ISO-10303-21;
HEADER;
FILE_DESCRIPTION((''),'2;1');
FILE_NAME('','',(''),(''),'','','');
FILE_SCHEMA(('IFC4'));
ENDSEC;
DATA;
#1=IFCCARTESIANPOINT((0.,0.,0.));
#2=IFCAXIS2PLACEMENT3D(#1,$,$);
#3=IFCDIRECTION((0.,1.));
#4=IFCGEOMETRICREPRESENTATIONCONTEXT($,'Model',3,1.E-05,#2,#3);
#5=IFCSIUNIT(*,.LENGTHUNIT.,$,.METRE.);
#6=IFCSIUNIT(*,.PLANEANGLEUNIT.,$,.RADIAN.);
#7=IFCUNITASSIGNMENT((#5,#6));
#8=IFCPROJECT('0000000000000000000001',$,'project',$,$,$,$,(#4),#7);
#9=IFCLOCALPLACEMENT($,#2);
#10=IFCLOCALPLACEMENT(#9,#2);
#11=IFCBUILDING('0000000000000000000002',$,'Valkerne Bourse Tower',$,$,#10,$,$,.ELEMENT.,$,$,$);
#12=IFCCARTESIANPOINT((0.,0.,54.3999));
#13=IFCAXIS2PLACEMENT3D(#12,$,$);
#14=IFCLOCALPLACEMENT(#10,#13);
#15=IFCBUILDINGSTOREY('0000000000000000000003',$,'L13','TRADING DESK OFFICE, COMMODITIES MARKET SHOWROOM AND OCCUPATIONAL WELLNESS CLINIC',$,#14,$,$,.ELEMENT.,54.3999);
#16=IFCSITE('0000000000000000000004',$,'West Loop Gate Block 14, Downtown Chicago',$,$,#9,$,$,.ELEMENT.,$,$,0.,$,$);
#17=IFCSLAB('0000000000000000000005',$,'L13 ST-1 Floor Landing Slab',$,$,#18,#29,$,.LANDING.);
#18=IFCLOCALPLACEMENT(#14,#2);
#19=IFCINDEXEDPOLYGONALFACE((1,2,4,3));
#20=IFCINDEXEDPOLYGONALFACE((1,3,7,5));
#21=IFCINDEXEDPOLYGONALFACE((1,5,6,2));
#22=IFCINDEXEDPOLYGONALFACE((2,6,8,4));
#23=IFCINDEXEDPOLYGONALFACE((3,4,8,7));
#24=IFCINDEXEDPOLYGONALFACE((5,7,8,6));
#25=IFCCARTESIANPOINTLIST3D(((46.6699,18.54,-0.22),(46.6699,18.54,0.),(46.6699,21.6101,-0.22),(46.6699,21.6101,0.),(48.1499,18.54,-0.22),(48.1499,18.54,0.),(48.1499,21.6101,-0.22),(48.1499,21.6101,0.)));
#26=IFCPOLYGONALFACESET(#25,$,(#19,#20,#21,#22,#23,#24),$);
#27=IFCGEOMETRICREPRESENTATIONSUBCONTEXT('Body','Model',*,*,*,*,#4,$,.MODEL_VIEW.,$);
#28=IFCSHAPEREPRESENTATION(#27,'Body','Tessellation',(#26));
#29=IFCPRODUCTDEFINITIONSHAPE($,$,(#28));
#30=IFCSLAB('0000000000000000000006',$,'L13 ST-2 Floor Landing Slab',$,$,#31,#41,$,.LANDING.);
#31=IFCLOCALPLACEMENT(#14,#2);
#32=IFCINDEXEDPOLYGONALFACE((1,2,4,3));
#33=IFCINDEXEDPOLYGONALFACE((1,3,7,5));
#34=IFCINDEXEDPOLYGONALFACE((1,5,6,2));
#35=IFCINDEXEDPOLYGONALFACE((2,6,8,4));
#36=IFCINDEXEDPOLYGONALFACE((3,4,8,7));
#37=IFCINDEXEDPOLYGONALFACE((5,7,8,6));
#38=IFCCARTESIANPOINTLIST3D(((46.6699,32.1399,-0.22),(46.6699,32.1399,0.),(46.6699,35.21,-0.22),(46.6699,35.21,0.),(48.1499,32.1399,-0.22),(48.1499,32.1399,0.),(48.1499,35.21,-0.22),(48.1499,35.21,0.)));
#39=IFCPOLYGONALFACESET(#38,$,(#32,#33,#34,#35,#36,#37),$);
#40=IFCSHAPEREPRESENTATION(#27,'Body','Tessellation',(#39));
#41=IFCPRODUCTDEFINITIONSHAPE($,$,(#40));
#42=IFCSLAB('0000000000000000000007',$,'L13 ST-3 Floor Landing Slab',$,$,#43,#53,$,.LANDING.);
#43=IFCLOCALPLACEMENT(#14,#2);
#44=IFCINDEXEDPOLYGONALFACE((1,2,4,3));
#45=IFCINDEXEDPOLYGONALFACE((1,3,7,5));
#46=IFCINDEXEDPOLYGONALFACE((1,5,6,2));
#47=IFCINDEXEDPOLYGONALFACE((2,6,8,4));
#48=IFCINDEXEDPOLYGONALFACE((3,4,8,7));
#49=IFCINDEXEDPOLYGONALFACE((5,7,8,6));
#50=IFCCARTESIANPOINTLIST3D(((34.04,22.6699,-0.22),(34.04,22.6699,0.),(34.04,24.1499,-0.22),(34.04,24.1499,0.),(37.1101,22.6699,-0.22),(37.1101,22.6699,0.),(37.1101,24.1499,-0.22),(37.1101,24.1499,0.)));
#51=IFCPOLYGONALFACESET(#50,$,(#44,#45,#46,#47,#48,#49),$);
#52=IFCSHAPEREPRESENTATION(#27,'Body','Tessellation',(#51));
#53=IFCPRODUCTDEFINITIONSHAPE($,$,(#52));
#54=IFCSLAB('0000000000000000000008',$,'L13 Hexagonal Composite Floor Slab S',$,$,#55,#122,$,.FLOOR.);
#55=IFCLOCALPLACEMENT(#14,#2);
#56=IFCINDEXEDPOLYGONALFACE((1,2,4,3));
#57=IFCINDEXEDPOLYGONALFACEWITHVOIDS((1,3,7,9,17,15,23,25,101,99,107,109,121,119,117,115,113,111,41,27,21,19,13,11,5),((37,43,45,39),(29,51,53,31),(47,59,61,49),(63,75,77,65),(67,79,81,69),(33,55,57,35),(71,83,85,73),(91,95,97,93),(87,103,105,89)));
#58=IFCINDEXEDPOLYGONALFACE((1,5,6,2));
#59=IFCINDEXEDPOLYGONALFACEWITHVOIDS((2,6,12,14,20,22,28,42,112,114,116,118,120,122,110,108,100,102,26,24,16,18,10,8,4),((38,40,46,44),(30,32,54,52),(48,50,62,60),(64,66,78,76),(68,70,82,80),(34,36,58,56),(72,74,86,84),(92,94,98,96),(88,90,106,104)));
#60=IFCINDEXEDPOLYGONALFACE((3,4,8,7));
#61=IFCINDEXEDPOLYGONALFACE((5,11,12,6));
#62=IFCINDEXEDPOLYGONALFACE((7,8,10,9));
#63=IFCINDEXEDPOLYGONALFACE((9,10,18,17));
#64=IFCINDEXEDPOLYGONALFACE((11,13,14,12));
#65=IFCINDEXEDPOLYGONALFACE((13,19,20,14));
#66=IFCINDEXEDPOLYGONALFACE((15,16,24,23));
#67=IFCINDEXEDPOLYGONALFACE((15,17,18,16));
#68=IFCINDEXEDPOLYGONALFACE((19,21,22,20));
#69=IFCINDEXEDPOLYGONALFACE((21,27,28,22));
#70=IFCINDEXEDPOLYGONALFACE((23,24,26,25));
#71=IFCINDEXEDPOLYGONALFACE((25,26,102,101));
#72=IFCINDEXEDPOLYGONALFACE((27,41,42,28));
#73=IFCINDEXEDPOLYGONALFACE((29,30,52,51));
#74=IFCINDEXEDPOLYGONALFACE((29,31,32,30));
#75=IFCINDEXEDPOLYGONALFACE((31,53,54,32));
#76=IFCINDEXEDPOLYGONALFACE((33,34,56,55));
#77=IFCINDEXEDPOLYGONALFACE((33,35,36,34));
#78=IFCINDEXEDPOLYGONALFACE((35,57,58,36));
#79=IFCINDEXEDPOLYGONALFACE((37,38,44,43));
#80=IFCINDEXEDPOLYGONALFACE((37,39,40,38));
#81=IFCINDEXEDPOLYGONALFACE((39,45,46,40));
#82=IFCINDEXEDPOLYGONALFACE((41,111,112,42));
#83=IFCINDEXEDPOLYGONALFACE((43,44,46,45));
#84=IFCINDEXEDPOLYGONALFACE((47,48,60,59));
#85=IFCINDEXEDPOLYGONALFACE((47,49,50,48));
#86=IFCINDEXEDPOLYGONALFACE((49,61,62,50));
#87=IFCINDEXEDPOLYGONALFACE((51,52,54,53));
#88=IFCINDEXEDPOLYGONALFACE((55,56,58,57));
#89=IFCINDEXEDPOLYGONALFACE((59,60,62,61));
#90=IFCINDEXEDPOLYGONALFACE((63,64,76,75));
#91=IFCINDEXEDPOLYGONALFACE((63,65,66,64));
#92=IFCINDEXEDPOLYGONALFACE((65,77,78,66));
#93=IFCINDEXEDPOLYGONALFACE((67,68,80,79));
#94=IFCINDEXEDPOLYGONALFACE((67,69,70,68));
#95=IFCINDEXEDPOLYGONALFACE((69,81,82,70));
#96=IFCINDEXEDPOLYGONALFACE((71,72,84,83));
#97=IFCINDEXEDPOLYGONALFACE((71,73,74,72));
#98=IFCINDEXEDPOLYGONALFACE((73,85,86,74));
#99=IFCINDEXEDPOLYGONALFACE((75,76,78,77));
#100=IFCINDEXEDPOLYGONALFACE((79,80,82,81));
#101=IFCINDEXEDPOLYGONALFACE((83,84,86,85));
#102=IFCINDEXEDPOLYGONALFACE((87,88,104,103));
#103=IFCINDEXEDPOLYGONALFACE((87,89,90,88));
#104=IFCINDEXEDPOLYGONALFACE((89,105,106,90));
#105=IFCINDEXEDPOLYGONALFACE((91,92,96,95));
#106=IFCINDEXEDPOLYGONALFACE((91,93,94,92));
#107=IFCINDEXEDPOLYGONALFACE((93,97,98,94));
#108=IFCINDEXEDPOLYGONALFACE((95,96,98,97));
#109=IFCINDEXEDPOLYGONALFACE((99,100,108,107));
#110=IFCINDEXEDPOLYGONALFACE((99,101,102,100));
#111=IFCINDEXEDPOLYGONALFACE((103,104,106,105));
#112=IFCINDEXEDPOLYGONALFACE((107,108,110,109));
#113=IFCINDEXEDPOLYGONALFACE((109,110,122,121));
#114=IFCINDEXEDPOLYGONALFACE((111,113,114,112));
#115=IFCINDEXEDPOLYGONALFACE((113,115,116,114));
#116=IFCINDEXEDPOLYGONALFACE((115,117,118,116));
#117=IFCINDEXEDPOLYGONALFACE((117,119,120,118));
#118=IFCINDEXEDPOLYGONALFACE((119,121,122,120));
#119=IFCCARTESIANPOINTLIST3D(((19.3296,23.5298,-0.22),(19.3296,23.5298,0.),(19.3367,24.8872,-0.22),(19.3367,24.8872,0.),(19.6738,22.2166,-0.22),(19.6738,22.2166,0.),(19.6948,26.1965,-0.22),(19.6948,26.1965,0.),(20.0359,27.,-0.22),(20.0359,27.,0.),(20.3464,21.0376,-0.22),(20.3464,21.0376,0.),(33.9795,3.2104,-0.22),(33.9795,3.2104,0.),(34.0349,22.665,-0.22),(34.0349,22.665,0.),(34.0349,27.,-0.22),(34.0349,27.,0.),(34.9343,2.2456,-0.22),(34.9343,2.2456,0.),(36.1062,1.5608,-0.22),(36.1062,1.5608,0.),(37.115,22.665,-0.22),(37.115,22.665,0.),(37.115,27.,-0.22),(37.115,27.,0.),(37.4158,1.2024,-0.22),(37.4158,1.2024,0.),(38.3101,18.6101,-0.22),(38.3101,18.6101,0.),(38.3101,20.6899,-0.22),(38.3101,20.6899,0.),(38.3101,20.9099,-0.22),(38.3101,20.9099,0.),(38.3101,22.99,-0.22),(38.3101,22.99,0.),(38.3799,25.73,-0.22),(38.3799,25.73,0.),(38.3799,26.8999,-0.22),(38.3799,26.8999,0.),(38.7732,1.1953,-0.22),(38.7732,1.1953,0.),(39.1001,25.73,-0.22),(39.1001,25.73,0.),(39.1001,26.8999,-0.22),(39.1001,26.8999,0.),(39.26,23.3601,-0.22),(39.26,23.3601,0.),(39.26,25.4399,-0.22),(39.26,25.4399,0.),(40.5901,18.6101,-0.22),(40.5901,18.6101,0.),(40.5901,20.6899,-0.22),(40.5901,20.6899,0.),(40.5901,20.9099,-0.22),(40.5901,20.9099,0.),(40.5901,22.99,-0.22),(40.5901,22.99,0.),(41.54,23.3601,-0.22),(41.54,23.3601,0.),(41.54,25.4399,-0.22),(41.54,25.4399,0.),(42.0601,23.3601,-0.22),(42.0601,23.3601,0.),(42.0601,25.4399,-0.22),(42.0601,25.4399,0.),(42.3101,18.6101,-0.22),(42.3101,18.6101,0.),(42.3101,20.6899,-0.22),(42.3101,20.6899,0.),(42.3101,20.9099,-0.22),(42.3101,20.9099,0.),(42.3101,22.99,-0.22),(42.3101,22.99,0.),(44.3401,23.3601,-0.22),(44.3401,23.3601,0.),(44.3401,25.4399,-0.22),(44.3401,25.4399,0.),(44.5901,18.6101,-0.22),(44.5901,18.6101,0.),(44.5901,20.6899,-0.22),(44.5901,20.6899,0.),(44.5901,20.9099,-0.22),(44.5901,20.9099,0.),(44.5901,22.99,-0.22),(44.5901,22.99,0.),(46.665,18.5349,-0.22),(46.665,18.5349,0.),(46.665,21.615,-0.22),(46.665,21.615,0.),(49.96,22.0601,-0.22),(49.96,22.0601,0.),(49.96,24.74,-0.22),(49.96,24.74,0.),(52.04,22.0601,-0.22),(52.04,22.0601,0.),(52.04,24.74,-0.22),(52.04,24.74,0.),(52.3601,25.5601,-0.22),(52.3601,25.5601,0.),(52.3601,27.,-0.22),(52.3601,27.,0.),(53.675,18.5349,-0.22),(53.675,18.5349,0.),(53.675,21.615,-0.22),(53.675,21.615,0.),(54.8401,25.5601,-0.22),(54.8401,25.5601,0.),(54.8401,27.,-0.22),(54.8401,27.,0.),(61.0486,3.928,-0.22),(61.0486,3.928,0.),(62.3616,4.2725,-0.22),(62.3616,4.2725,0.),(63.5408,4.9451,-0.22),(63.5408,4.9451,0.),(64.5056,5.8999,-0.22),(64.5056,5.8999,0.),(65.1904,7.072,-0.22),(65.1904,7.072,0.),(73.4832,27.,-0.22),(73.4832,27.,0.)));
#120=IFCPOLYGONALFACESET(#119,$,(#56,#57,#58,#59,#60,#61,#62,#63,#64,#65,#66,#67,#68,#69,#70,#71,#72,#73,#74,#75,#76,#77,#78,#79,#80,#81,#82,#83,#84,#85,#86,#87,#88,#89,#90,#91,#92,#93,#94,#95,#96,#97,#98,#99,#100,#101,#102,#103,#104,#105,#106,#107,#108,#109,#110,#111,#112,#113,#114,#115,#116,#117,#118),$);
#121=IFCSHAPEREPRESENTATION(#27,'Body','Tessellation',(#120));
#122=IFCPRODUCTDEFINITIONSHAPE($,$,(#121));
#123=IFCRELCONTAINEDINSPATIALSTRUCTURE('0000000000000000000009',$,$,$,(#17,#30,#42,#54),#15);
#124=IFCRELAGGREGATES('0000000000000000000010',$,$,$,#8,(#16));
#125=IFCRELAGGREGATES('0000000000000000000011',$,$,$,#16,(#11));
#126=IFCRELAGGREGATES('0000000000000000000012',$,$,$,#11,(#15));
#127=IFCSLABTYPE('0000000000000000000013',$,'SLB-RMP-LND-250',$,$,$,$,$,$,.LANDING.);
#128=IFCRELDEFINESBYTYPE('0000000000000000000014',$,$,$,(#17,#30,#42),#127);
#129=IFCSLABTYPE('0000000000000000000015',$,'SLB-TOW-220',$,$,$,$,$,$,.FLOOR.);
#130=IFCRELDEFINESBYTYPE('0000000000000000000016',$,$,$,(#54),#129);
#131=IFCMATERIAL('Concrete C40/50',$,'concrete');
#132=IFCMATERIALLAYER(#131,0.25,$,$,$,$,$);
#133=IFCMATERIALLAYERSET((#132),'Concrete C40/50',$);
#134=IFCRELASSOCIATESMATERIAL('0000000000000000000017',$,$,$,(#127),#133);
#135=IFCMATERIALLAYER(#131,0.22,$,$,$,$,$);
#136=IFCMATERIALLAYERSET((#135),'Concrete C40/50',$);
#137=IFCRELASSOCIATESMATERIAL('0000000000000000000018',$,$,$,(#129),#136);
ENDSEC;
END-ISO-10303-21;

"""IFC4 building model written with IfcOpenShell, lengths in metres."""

from ifc_helpers import new_model, si_unit, direction, frame, origin, place, context, subcontext, project, spatial, polyline, outline, extrude, material, layer, layer_set, type_object, element, save


model = new_model("IFC4")

# Units and contexts
model_context = context("Model", 3, precision=1e-05, world=origin(), true_north=direction((0.0, 1.0)))
body_context = subcontext(model_context, "Body", "Model", "MODEL_VIEW")
ifc_project = project(units=[si_unit("LENGTHUNIT", "METRE"), si_unit("PLANEANGLEUNIT", "RADIAN")], contexts=[model_context])

# Site, building, storey
site_placement = place(None, origin())
site = spatial("IfcSite", under=ifc_project, at=site_placement, Name="West Loop Gate Block 14, Downtown Chicago", CompositionType="ELEMENT", RefElevation=0.0)
building_placement = place(site_placement, origin())
building = spatial("IfcBuilding", under=site, at=building_placement, Name="Valkerne Bourse Tower", CompositionType="ELEMENT")
storey_placement = place(building_placement, frame((0.0, 0.0, 54.3999)))
storey = spatial("IfcBuildingStorey", under=building, at=storey_placement, Name="L13", Description="TRADING DESK OFFICE, COMMODITIES MARKET SHOWROOM AND OCCUPATIONAL WELLNESS CLINIC", CompositionType="ELEMENT", Elevation=54.3999)

# Slabs
ifc_material_1 = material(Name="Concrete C40/50", Category="concrete")
ifc_layer_1 = layer(ifc_material_1, 0.25)
ifc_layer_set_1 = layer_set([ifc_layer_1], Name="Concrete C40/50")
slab_type_1 = type_object("IfcSlabType", Name="SLB-RMP-LND-250", PredefinedType="LANDING", material=ifc_layer_set_1)
slab_1_placement = place(storey_placement, frame((0.0, 0.0, -0.22)))
element("IfcSlab", 1, at=slab_1_placement, inside=storey, type_object=slab_type_1, Name="L13 ST-1 Floor Landing Slab", PredefinedType="LANDING", context=body_context, shape_type="SweptSolid", body=[
    extrude(outline(polyline([(46.6699, 18.54), (48.1499, 18.54), (48.1499, 21.6101), (46.6699, 21.6101), (46.6699, 18.54)])), origin(), (0.0, 0.0, 1.0), 0.22),
])
slab_2_placement = place(storey_placement, frame((0.0, 0.0, -0.22)))
element("IfcSlab", 2, at=slab_2_placement, inside=storey, type_object=slab_type_1, Name="L13 ST-2 Floor Landing Slab", PredefinedType="LANDING", context=body_context, shape_type="SweptSolid", body=[
    extrude(outline(polyline([(46.6699, 32.1399), (48.1499, 32.1399), (48.1499, 35.21), (46.6699, 35.21), (46.6699, 32.1399)])), origin(), (0.0, 0.0, 1.0), 0.22),
])
slab_3_placement = place(storey_placement, frame((0.0, 0.0, -0.22)))
element("IfcSlab", 3, at=slab_3_placement, inside=storey, type_object=slab_type_1, Name="L13 ST-3 Floor Landing Slab", PredefinedType="LANDING", context=body_context, shape_type="SweptSolid", body=[
    extrude(outline(polyline([(37.1101, 22.6699), (37.1101, 24.1499), (34.04, 24.1499), (34.04, 22.6699), (37.1101, 22.6699)])), origin(), (0.0, 0.0, 1.0), 0.22),
])
ifc_layer_2 = layer(ifc_material_1, 0.22)
ifc_layer_set_2 = layer_set([ifc_layer_2], Name="Concrete C40/50")
slab_type_2 = type_object("IfcSlabType", Name="SLB-TOW-220", PredefinedType="FLOOR", material=ifc_layer_set_2)
slab_4_placement = place(storey_placement, frame((0.0, 0.0, -0.22)))
element("IfcSlab", 4, at=slab_4_placement, inside=storey, type_object=slab_type_2, Name="L13 Hexagonal Composite Floor Slab S", PredefinedType="FLOOR", context=body_context, shape_type="SweptSolid", body=[
    extrude(outline(polyline([(64.5056, 5.8999), (63.5408, 4.9451), (62.3616, 4.2725), (61.0486, 3.928), (38.7732, 1.1953), (37.4158, 1.2024), (36.1062, 1.5608), (34.9343, 2.2456), (33.9795, 3.2104), (20.3464, 21.0376), (19.6738, 22.2166), (19.3296, 23.5298), (19.3367, 24.8872), (19.6948, 26.1965), (20.0359, 27.0), (34.0349, 27.0), (34.0349, 22.665), (37.115, 22.665), (37.115, 27.0), (52.3601, 27.0), (52.3601, 25.5601), (54.8401, 25.5601), (54.8401, 27.0), (73.4832, 27.0), (65.1904, 7.072), (64.5056, 5.8999)]), holes=[polyline([(40.5901, 20.6899), (38.3101, 20.6899), (38.3101, 18.6101), (40.5901, 18.6101), (40.5901, 20.6899)]), polyline([(40.5901, 22.99), (38.3101, 22.99), (38.3101, 20.9099), (40.5901, 20.9099), (40.5901, 22.99)]), polyline([(41.54, 25.4399), (39.26, 25.4399), (39.26, 23.3601), (41.54, 23.3601), (41.54, 25.4399)]), polyline([(39.1001, 25.73), (39.1001, 26.8999), (38.3799, 26.8999), (38.3799, 25.73), (39.1001, 25.73)]), polyline([(44.5901, 20.6899), (42.3101, 20.6899), (42.3101, 18.6101), (44.5901, 18.6101), (44.5901, 20.6899)]), polyline([(53.675, 21.615), (46.665, 21.615), (46.665, 18.5349), (53.675, 18.5349), (53.675, 21.615)]), polyline([(44.5901, 22.99), (42.3101, 22.99), (42.3101, 20.9099), (44.5901, 20.9099), (44.5901, 22.99)]), polyline([(52.04, 22.0601), (52.04, 24.74), (49.96, 24.74), (49.96, 22.0601), (52.04, 22.0601)]), polyline([(44.3401, 23.3601), (44.3401, 25.4399), (42.0601, 25.4399), (42.0601, 23.3601), (44.3401, 23.3601)])]), origin(), (0.0, 0.0, 1.0), 0.22),
])

save(model, "model.ifc")
